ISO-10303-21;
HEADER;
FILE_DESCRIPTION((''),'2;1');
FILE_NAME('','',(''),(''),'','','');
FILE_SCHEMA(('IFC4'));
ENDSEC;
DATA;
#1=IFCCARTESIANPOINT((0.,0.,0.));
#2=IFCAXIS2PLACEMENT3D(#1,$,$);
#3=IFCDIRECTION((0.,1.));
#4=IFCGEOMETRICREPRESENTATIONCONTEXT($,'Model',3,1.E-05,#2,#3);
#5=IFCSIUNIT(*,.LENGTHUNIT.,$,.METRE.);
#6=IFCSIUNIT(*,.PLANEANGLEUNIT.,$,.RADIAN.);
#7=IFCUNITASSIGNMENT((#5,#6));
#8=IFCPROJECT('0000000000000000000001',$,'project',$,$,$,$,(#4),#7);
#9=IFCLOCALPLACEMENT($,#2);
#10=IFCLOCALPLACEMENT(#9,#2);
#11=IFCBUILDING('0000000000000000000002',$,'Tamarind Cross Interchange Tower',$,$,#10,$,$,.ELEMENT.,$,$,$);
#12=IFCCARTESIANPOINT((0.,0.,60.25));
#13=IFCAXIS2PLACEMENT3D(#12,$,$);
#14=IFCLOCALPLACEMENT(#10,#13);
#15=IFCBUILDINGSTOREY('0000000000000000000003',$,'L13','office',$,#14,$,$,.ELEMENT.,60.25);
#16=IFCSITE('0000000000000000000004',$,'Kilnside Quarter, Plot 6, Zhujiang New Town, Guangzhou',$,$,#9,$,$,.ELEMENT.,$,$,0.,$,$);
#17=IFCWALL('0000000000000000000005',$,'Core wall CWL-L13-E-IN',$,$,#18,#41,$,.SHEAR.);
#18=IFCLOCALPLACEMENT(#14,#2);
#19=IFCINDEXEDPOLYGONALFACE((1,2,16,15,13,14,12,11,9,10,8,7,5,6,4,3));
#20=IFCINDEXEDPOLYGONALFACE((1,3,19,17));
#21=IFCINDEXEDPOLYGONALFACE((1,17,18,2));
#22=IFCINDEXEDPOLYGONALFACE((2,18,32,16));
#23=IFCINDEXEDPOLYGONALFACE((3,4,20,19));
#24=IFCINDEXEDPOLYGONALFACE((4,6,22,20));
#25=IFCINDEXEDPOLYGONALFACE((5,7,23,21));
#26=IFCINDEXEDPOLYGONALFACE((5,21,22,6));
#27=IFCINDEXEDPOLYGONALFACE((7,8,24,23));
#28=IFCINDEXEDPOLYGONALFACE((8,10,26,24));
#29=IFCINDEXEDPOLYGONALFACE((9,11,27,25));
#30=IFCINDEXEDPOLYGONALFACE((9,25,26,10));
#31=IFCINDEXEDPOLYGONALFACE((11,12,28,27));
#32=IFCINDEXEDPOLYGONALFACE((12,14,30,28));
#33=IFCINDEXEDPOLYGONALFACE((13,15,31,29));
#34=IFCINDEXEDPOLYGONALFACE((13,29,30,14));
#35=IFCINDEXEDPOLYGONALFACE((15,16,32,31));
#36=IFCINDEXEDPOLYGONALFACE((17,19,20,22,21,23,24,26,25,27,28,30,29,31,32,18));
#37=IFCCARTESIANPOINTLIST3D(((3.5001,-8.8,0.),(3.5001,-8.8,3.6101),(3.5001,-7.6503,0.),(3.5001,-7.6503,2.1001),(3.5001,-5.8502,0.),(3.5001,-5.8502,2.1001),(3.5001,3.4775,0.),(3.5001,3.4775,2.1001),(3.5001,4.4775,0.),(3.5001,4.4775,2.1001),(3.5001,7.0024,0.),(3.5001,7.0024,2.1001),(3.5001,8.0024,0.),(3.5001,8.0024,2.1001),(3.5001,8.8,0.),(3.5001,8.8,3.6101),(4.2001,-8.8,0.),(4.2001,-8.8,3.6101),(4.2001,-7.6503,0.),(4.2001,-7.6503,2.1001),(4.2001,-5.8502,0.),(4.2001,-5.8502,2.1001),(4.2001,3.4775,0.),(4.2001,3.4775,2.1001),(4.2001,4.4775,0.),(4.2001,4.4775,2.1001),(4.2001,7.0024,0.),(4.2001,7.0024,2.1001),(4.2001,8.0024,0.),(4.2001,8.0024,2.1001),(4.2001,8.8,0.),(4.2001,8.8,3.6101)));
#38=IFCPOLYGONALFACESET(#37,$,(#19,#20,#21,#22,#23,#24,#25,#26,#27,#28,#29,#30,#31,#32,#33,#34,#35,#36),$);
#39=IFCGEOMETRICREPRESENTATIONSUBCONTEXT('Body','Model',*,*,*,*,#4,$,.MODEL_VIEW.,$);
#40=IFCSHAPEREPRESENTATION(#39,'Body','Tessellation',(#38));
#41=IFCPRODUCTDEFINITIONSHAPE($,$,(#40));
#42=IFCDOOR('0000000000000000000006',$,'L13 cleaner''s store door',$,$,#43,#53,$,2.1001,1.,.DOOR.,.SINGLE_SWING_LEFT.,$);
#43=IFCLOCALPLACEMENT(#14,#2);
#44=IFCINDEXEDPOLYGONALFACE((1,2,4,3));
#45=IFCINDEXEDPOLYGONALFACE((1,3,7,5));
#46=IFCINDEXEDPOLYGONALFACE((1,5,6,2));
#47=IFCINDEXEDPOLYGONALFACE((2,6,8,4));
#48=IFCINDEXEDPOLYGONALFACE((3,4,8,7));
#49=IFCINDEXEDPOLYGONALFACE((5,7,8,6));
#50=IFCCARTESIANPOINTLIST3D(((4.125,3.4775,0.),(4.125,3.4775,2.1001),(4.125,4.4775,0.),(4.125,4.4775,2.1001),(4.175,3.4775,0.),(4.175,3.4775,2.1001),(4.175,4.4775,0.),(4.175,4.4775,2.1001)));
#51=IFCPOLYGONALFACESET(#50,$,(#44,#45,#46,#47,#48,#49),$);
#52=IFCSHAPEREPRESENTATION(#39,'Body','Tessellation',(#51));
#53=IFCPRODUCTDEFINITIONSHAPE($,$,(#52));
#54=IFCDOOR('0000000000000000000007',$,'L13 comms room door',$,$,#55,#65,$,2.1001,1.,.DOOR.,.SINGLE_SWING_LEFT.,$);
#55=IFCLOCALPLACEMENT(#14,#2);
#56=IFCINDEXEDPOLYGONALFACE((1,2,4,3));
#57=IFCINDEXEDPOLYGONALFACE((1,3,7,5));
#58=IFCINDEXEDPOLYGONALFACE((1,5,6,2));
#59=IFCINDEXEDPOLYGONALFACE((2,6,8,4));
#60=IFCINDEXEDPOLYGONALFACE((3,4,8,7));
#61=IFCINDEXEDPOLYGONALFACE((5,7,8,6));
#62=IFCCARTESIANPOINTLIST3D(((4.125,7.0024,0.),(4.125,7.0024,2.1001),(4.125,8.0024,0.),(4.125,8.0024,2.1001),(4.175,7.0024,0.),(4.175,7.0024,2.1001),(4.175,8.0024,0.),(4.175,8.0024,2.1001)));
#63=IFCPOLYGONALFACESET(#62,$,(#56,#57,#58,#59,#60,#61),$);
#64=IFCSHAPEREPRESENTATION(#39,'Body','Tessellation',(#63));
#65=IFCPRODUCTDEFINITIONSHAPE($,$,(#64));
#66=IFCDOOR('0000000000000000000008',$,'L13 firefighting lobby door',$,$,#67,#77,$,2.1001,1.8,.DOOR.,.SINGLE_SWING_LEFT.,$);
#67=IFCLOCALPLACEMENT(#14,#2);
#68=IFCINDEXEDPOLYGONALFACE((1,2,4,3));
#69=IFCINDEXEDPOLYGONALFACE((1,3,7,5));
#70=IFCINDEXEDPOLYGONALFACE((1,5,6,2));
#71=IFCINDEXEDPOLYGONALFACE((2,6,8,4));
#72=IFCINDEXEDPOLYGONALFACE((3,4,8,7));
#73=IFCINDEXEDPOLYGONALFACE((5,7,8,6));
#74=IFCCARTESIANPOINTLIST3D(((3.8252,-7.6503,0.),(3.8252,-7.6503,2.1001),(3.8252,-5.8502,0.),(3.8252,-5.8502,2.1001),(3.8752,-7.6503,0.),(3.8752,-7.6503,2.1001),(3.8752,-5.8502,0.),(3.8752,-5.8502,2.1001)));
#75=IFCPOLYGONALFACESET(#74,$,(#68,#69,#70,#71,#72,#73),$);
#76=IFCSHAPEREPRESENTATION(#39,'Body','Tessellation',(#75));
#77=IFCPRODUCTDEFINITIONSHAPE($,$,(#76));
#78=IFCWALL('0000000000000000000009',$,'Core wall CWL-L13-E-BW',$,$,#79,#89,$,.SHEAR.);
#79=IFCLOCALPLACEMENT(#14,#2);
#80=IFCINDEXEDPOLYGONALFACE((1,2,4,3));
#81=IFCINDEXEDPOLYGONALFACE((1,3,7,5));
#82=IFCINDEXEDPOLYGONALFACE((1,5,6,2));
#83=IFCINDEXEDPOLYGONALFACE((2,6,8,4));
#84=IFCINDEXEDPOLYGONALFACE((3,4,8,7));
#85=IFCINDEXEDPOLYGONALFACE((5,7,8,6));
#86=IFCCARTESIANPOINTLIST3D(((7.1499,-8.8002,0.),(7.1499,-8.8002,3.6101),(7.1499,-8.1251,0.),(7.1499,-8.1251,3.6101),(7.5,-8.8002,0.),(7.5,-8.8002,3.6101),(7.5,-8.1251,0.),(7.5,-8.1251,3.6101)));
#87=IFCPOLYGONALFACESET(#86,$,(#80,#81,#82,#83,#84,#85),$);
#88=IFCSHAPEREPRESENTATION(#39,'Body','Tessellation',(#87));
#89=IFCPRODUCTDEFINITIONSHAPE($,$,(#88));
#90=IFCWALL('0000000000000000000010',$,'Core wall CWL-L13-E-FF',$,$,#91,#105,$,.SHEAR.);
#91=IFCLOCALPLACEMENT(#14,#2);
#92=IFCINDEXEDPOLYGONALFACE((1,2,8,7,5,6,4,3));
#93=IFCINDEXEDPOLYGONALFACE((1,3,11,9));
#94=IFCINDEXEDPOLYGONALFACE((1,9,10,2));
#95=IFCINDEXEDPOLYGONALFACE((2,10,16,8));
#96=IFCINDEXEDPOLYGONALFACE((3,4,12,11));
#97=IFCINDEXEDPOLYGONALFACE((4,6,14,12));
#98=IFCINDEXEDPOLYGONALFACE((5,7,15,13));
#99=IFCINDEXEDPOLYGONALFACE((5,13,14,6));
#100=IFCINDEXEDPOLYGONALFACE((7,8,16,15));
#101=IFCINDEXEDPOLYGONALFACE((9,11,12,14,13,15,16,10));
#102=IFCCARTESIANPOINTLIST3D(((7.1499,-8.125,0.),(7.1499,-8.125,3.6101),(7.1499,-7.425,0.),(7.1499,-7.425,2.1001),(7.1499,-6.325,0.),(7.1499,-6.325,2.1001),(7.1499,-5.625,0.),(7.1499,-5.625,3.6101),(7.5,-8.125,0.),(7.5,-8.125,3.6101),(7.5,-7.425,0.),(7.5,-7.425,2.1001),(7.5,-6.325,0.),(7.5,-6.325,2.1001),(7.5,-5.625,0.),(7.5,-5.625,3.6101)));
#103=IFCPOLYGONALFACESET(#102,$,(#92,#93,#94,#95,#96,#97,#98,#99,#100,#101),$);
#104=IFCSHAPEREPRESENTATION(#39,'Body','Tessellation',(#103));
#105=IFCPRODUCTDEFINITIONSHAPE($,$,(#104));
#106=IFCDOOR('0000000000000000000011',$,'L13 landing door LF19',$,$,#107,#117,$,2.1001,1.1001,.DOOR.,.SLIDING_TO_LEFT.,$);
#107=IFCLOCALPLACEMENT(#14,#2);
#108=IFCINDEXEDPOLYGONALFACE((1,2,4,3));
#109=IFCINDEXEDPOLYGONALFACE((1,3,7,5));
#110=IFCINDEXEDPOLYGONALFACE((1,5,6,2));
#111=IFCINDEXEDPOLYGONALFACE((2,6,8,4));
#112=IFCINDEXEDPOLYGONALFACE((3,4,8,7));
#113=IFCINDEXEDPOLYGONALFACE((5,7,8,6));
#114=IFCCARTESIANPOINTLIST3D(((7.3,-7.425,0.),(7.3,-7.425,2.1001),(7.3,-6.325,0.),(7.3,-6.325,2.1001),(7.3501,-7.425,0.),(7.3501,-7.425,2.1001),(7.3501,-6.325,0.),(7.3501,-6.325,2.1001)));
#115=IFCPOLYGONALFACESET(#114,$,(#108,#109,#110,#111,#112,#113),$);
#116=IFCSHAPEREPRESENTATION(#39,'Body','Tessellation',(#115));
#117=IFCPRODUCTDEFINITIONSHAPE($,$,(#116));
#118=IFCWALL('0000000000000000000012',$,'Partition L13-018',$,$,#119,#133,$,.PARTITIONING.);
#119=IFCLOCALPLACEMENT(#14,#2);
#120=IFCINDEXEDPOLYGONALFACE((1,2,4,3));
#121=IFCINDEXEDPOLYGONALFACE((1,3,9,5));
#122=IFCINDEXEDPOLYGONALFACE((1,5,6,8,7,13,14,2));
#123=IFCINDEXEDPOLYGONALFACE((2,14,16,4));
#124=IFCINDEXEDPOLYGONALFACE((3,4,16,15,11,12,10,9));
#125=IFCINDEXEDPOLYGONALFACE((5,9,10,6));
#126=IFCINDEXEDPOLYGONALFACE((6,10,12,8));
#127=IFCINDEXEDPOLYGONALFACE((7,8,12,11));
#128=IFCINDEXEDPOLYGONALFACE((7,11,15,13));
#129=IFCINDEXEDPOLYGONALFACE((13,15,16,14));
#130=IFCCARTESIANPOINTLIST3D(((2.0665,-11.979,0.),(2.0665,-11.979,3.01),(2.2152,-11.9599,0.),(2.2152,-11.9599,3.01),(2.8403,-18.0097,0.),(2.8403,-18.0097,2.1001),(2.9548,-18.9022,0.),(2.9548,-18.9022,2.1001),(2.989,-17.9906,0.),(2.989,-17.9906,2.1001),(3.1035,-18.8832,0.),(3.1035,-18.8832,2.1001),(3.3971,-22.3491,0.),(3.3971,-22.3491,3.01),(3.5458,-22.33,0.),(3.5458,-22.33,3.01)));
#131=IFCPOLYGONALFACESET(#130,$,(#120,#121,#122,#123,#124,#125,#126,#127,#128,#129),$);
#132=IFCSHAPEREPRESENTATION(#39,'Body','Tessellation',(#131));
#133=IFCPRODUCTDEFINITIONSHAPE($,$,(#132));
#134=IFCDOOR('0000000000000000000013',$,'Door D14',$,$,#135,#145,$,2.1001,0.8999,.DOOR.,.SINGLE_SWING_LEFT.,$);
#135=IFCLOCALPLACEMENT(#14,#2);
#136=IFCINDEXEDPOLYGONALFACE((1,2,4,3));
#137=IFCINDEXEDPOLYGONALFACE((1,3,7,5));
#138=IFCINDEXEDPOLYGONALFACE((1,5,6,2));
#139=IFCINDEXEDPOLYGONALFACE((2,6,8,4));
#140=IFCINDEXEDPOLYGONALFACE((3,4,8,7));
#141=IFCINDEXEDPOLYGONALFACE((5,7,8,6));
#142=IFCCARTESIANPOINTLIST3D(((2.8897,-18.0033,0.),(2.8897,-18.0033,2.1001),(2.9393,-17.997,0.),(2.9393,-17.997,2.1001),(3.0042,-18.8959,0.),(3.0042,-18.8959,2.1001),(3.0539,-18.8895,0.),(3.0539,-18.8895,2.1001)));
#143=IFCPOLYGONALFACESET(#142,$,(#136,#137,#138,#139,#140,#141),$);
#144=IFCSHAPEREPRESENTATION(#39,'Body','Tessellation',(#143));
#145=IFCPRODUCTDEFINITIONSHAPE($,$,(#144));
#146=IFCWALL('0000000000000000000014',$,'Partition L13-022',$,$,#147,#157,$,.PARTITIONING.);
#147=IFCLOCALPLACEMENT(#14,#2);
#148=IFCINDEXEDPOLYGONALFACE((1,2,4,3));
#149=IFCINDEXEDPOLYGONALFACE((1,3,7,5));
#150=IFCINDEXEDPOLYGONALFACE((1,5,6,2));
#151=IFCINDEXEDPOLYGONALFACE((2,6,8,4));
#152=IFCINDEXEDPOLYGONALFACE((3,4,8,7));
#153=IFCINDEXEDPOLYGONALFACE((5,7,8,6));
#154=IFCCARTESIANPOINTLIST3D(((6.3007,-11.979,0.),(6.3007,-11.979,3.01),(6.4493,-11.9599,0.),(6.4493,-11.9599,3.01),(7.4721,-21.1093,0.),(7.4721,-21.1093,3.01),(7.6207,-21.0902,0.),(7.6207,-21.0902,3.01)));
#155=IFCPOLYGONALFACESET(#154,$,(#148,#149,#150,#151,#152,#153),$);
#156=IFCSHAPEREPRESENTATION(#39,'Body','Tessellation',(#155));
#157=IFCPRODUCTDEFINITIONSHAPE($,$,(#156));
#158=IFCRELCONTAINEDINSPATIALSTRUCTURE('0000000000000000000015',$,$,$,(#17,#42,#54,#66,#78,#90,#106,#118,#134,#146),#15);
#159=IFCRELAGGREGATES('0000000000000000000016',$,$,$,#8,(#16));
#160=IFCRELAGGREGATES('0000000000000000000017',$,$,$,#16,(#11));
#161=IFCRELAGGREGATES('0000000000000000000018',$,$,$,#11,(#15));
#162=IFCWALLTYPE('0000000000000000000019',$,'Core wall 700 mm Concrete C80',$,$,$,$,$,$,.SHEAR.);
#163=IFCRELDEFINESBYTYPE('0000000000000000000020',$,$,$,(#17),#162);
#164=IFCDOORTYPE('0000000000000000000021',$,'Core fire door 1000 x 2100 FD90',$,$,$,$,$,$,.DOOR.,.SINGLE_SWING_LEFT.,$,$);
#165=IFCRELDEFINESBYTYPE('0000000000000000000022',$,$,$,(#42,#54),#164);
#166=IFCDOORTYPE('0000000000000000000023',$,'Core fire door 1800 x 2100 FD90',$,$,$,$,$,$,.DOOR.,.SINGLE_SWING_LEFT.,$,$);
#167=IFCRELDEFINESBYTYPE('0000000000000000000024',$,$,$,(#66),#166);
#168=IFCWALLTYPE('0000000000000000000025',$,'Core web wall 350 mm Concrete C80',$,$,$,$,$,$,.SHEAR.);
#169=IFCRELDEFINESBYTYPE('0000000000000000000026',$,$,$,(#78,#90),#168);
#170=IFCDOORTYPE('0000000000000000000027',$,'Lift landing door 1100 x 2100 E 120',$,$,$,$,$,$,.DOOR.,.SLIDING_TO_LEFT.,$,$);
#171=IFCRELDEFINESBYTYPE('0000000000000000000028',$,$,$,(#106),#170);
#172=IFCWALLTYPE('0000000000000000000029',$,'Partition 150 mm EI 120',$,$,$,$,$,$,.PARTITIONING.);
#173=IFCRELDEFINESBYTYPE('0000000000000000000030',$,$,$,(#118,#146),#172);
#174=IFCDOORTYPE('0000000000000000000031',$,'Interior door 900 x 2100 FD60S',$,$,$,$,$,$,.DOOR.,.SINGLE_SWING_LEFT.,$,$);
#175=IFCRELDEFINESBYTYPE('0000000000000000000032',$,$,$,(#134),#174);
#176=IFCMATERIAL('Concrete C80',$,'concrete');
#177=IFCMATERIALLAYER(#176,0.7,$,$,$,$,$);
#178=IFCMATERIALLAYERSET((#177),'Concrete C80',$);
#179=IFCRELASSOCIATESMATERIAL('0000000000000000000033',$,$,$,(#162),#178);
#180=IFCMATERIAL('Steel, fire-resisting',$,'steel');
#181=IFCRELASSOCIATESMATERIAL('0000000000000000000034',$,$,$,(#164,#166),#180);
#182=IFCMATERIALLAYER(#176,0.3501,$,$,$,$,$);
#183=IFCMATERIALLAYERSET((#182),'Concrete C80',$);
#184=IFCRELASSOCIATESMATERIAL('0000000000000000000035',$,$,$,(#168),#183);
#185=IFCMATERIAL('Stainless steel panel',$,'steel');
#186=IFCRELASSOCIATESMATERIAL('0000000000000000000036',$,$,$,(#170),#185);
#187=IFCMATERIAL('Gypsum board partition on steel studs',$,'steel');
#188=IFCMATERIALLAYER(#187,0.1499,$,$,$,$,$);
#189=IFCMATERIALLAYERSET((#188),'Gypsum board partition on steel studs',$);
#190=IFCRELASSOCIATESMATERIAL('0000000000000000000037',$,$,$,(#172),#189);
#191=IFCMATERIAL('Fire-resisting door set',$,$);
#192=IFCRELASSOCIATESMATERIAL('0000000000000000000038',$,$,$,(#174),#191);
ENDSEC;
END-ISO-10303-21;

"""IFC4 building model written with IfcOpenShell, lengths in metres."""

from ifc_helpers import new_model, si_unit, direction, frame, frame_2d, origin, place, context, subcontext, project, spatial, rectangle, extrude, material, layer, layer_set, type_object, element, fill, save


model = new_model("IFC4")

# Units and contexts
model_context = context("Model", 3, precision=1e-05, world=origin(), true_north=direction((0.0, 1.0)))
body_context = subcontext(model_context, "Body", "Model", "MODEL_VIEW")
ifc_project = project(units=[si_unit("LENGTHUNIT", "METRE"), si_unit("PLANEANGLEUNIT", "RADIAN")], contexts=[model_context])

# Site, building, storey
site_placement = place(None, origin())
site = spatial("IfcSite", under=ifc_project, at=site_placement, Name="Kilnside Quarter, Plot 6, Zhujiang New Town, Guangzhou", CompositionType="ELEMENT", RefElevation=0.0)
building_placement = place(site_placement, origin())
building = spatial("IfcBuilding", under=site, at=building_placement, Name="Tamarind Cross Interchange Tower", CompositionType="ELEMENT")
storey_placement = place(building_placement, frame((0.0, 0.0, 60.25)))
storey = spatial("IfcBuildingStorey", under=building, at=storey_placement, Name="L13", Description="office", CompositionType="ELEMENT", Elevation=60.25)

# Wall, openings, doors
ifc_material_1 = material(Name="Concrete C80", Category="concrete")
ifc_layer_1 = layer(ifc_material_1, 0.7)
ifc_layer_set_1 = layer_set([ifc_layer_1], Name="Concrete C80")
wall_type_1 = type_object("IfcWallType", Name="Core wall 700 mm Concrete C80", PredefinedType="SHEAR", material=ifc_layer_set_1)
wall_1_placement = place(storey_placement, frame((3.8501, -8.8, 0.0), z_axis=(0.0, 0.0, 1.0), x_axis=(0.0, 1.0, 0.0)))
wall_1 = element("IfcWall", 1, at=wall_1_placement, inside=storey, type_object=wall_type_1, Name="Core wall CWL-L13-E-IN", PredefinedType="SHEAR", context=body_context, shape_type="SweptSolid", body=[
    extrude(rectangle(XDim=17.6001, YDim=0.7, at=frame_2d((8.8, 0.0))), origin(), (0.0, 0.0, 1.0), 3.6101),
])
opening_1_placement = place(wall_1_placement, frame((1.1499, 0.0, 0.0)))
opening_1 = element("IfcOpeningElement", 2, at=opening_1_placement, cuts=wall_1, PredefinedType="OPENING", context=body_context, shape_type="SweptSolid", body=[
    extrude(rectangle(XDim=1.8, YDim=2.1001, at=frame_2d((0.8999, 1.05))), frame((0.0, 0.3599, 0.0), z_axis=(0.0, -1.0, 0.0), x_axis=(1.0, 0.0, 0.0)), (0.0, 0.0, 1.0), 0.72),
])
opening_2_placement = place(wall_1_placement, frame((12.2776, 0.0, 0.0)))
opening_2 = element("IfcOpeningElement", 3, at=opening_2_placement, cuts=wall_1, PredefinedType="OPENING", context=body_context, shape_type="SweptSolid", body=[
    extrude(rectangle(XDim=1.0, YDim=2.1001, at=frame_2d((0.5, 1.05))), frame((0.0, 0.3599, 0.0), z_axis=(0.0, -1.0, 0.0), x_axis=(1.0, 0.0, 0.0)), (0.0, 0.0, 1.0), 0.72),
])
opening_3_placement = place(wall_1_placement, frame((15.8025, 0.0, 0.0)))
opening_3 = element("IfcOpeningElement", 4, at=opening_3_placement, cuts=wall_1, PredefinedType="OPENING", context=body_context, shape_type="SweptSolid", body=[
    extrude(rectangle(XDim=1.0, YDim=2.1001, at=frame_2d((0.5, 1.05))), frame((0.0, 0.3599, 0.0), z_axis=(0.0, -1.0, 0.0), x_axis=(1.0, 0.0, 0.0)), (0.0, 0.0, 1.0), 0.72),
])
ifc_material_2 = material(Name="Steel, fire-resisting", Category="steel")
door_type_1 = type_object("IfcDoorType", Name="Core fire door 1000 x 2100 FD90", OperationType="SINGLE_SWING_LEFT", PredefinedType="DOOR", material=ifc_material_2)
door_1_placement = place(opening_2_placement, origin())
door_1 = element("IfcDoor", 5, at=door_1_placement, inside=storey, type_object=door_type_1, Name="L13 cleaner's store door", OperationType="SINGLE_SWING_LEFT", OverallHeight=2.1001, OverallWidth=1.0, PredefinedType="DOOR", context=body_context, shape_type="SweptSolid", body=[
    extrude(rectangle(XDim=1.0, YDim=2.1001, at=frame_2d((0.5, 1.05))), frame((0.0, -0.2749, 0.0), z_axis=(0.0, -1.0, 0.0), x_axis=(1.0, 0.0, 0.0)), (0.0, 0.0, 1.0), 0.05),
])
fill(opening_2, door_1)
door_2_placement = place(opening_3_placement, origin())
door_2 = element("IfcDoor", 6, at=door_2_placement, inside=storey, type_object=door_type_1, Name="L13 comms room door", OperationType="SINGLE_SWING_LEFT", OverallHeight=2.1001, OverallWidth=1.0, PredefinedType="DOOR", context=body_context, shape_type="SweptSolid", body=[
    extrude(rectangle(XDim=1.0, YDim=2.1001, at=frame_2d((0.5, 1.05))), frame((0.0, -0.2749, 0.0), z_axis=(0.0, -1.0, 0.0), x_axis=(1.0, 0.0, 0.0)), (0.0, 0.0, 1.0), 0.05),
])
fill(opening_3, door_2)
door_type_2 = type_object("IfcDoorType", Name="Core fire door 1800 x 2100 FD90", OperationType="SINGLE_SWING_LEFT", PredefinedType="DOOR", material=ifc_material_2)
door_3_placement = place(opening_1_placement, origin())
door_3 = element("IfcDoor", 7, at=door_3_placement, inside=storey, type_object=door_type_2, Name="L13 firefighting lobby door", OperationType="SINGLE_SWING_LEFT", OverallHeight=2.1001, OverallWidth=1.8, PredefinedType="DOOR", context=body_context, shape_type="SweptSolid", body=[
    extrude(rectangle(XDim=1.8, YDim=2.1001, at=frame_2d((0.8999, 1.05))), frame((0.0, 0.0249, 0.0), z_axis=(0.0, -1.0, 0.0), x_axis=(1.0, 0.0, 0.0)), (0.0, 0.0, 1.0), 0.05),
])
fill(opening_1, door_3)

# Wall
ifc_layer_2 = layer(ifc_material_1, 0.3501)
ifc_layer_set_2 = layer_set([ifc_layer_2], Name="Concrete C80")
wall_type_2 = type_object("IfcWallType", Name="Core web wall 350 mm Concrete C80", PredefinedType="SHEAR", material=ifc_layer_set_2)
wall_2_placement = place(storey_placement, frame((7.325, -8.8, 0.0), z_axis=(0.0, 0.0, 1.0), x_axis=(0.0, 1.0, 0.0)))
element("IfcWall", 8, at=wall_2_placement, inside=storey, type_object=wall_type_2, Name="Core wall CWL-L13-E-BW", PredefinedType="SHEAR", context=body_context, shape_type="SweptSolid", body=[
    extrude(rectangle(XDim=0.675, YDim=0.3501, at=frame_2d((0.3374, 0.0))), origin(), (0.0, 0.0, 1.0), 3.6101),
])

# Walls, openings, doors
wall_3_placement = place(storey_placement, frame((7.325, -8.125, 0.0), z_axis=(0.0, 0.0, 1.0), x_axis=(0.0, 1.0, 0.0)))
wall_3 = element("IfcWall", 9, at=wall_3_placement, inside=storey, type_object=wall_type_2, Name="Core wall CWL-L13-E-FF", PredefinedType="SHEAR", context=body_context, shape_type="SweptSolid", body=[
    extrude(rectangle(XDim=2.5, YDim=0.3501, at=frame_2d((1.25, 0.0))), origin(), (0.0, 0.0, 1.0), 3.6101),
])
opening_4_placement = place(wall_3_placement, frame((0.7, 0.0, 0.0)))
opening_4 = element("IfcOpeningElement", 10, at=opening_4_placement, cuts=wall_3, PredefinedType="OPENING", context=body_context, shape_type="SweptSolid", body=[
    extrude(rectangle(XDim=1.1001, YDim=2.1001, at=frame_2d((0.55, 1.05))), frame((0.0, 0.1851, 0.0), z_axis=(0.0, -1.0, 0.0), x_axis=(1.0, 0.0, 0.0)), (0.0, 0.0, 1.0), 0.3701),
])
ifc_material_3 = material(Name="Stainless steel panel", Category="steel")
door_type_3 = type_object("IfcDoorType", Name="Lift landing door 1100 x 2100 E 120", OperationType="SLIDING_TO_LEFT", PredefinedType="DOOR", material=ifc_material_3)
door_4_placement = place(opening_4_placement, origin())
door_4 = element("IfcDoor", 11, at=door_4_placement, inside=storey, type_object=door_type_3, Name="L13 landing door LF19", OperationType="SLIDING_TO_LEFT", OverallHeight=2.1001, OverallWidth=1.1001, PredefinedType="DOOR", context=body_context, shape_type="SweptSolid", body=[
    extrude(rectangle(XDim=1.1001, YDim=2.1001, at=frame_2d((0.55, 1.05))), frame((0.0, 0.0249, 0.0), z_axis=(0.0, -1.0, 0.0), x_axis=(1.0, 0.0, 0.0)), (0.0, 0.0, 1.0), 0.05),
])
fill(opening_4, door_4)
ifc_material_4 = material(Name="Gypsum board partition on steel studs", Category="steel")
ifc_layer_3 = layer(ifc_material_4, 0.1499)
ifc_layer_set_3 = layer_set([ifc_layer_3], Name="Gypsum board partition on steel studs")
wall_type_3 = type_object("IfcWallType", Name="Partition 150 mm EI 120", PredefinedType="PARTITIONING", material=ifc_layer_set_3)
wall_4_placement = place(storey_placement, frame((2.1409, -11.9695, 0.0), z_axis=(0.0, 0.0, 1.0), x_axis=(0.127264, -0.991869, 0.0)))
wall_4 = element("IfcWall", 12, at=wall_4_placement, inside=storey, type_object=wall_type_3, Name="Partition L13-018", PredefinedType="PARTITIONING", context=body_context, shape_type="SweptSolid", body=[
    extrude(rectangle(XDim=10.4551, YDim=0.1499, at=frame_2d((5.2275, 0.0))), origin(), (0.0, 0.0, 1.0), 3.01),
])
opening_5_placement = place(wall_4_placement, frame((6.0801, 0.0, 0.0)))
opening_5 = element("IfcOpeningElement", 13, at=opening_5_placement, cuts=wall_4, PredefinedType="OPENING", context=body_context, shape_type="SweptSolid", body=[
    extrude(rectangle(XDim=0.8999, YDim=2.1001, at=frame_2d((0.45, 1.05))), frame((0.0, 0.085, 0.0), z_axis=(0.0, -1.0, 0.0), x_axis=(1.0, 0.0, 0.0)), (0.0, 0.0, 1.0), 0.1699),
])
ifc_material_5 = material(Name="Fire-resisting door set")
door_type_4 = type_object("IfcDoorType", Name="Interior door 900 x 2100 FD60S", OperationType="SINGLE_SWING_LEFT", PredefinedType="DOOR", material=ifc_material_5)
door_5_placement = place(opening_5_placement, origin())
door_5 = element("IfcDoor", 14, at=door_5_placement, inside=storey, type_object=door_type_4, Name="Door D14", OperationType="SINGLE_SWING_LEFT", OverallHeight=2.1001, OverallWidth=0.8999, PredefinedType="DOOR", context=body_context, shape_type="SweptSolid", body=[
    extrude(rectangle(XDim=0.8999, YDim=2.1001, at=frame_2d((0.45, 1.05))), frame((0.0, 0.0249, 0.0), z_axis=(0.0, -1.0, 0.0), x_axis=(1.0, 0.0, 0.0)), (0.0, 0.0, 1.0), 0.05),
])
fill(opening_5, door_5)

# Wall
wall_5_placement = place(storey_placement, frame((6.375, -11.9695, 0.0), z_axis=(0.0, 0.0, 1.0), x_axis=(0.127256, -0.99187, 0.0)))
element("IfcWall", 15, at=wall_5_placement, inside=storey, type_object=wall_type_3, Name="Partition L13-022", PredefinedType="PARTITIONING", context=body_context, shape_type="SweptSolid", body=[
    extrude(rectangle(XDim=9.2051, YDim=0.1499, at=frame_2d((4.6025, 0.0))), origin(), (0.0, 0.0, 1.0), 3.01),
])

save(model, "model.ifc")
